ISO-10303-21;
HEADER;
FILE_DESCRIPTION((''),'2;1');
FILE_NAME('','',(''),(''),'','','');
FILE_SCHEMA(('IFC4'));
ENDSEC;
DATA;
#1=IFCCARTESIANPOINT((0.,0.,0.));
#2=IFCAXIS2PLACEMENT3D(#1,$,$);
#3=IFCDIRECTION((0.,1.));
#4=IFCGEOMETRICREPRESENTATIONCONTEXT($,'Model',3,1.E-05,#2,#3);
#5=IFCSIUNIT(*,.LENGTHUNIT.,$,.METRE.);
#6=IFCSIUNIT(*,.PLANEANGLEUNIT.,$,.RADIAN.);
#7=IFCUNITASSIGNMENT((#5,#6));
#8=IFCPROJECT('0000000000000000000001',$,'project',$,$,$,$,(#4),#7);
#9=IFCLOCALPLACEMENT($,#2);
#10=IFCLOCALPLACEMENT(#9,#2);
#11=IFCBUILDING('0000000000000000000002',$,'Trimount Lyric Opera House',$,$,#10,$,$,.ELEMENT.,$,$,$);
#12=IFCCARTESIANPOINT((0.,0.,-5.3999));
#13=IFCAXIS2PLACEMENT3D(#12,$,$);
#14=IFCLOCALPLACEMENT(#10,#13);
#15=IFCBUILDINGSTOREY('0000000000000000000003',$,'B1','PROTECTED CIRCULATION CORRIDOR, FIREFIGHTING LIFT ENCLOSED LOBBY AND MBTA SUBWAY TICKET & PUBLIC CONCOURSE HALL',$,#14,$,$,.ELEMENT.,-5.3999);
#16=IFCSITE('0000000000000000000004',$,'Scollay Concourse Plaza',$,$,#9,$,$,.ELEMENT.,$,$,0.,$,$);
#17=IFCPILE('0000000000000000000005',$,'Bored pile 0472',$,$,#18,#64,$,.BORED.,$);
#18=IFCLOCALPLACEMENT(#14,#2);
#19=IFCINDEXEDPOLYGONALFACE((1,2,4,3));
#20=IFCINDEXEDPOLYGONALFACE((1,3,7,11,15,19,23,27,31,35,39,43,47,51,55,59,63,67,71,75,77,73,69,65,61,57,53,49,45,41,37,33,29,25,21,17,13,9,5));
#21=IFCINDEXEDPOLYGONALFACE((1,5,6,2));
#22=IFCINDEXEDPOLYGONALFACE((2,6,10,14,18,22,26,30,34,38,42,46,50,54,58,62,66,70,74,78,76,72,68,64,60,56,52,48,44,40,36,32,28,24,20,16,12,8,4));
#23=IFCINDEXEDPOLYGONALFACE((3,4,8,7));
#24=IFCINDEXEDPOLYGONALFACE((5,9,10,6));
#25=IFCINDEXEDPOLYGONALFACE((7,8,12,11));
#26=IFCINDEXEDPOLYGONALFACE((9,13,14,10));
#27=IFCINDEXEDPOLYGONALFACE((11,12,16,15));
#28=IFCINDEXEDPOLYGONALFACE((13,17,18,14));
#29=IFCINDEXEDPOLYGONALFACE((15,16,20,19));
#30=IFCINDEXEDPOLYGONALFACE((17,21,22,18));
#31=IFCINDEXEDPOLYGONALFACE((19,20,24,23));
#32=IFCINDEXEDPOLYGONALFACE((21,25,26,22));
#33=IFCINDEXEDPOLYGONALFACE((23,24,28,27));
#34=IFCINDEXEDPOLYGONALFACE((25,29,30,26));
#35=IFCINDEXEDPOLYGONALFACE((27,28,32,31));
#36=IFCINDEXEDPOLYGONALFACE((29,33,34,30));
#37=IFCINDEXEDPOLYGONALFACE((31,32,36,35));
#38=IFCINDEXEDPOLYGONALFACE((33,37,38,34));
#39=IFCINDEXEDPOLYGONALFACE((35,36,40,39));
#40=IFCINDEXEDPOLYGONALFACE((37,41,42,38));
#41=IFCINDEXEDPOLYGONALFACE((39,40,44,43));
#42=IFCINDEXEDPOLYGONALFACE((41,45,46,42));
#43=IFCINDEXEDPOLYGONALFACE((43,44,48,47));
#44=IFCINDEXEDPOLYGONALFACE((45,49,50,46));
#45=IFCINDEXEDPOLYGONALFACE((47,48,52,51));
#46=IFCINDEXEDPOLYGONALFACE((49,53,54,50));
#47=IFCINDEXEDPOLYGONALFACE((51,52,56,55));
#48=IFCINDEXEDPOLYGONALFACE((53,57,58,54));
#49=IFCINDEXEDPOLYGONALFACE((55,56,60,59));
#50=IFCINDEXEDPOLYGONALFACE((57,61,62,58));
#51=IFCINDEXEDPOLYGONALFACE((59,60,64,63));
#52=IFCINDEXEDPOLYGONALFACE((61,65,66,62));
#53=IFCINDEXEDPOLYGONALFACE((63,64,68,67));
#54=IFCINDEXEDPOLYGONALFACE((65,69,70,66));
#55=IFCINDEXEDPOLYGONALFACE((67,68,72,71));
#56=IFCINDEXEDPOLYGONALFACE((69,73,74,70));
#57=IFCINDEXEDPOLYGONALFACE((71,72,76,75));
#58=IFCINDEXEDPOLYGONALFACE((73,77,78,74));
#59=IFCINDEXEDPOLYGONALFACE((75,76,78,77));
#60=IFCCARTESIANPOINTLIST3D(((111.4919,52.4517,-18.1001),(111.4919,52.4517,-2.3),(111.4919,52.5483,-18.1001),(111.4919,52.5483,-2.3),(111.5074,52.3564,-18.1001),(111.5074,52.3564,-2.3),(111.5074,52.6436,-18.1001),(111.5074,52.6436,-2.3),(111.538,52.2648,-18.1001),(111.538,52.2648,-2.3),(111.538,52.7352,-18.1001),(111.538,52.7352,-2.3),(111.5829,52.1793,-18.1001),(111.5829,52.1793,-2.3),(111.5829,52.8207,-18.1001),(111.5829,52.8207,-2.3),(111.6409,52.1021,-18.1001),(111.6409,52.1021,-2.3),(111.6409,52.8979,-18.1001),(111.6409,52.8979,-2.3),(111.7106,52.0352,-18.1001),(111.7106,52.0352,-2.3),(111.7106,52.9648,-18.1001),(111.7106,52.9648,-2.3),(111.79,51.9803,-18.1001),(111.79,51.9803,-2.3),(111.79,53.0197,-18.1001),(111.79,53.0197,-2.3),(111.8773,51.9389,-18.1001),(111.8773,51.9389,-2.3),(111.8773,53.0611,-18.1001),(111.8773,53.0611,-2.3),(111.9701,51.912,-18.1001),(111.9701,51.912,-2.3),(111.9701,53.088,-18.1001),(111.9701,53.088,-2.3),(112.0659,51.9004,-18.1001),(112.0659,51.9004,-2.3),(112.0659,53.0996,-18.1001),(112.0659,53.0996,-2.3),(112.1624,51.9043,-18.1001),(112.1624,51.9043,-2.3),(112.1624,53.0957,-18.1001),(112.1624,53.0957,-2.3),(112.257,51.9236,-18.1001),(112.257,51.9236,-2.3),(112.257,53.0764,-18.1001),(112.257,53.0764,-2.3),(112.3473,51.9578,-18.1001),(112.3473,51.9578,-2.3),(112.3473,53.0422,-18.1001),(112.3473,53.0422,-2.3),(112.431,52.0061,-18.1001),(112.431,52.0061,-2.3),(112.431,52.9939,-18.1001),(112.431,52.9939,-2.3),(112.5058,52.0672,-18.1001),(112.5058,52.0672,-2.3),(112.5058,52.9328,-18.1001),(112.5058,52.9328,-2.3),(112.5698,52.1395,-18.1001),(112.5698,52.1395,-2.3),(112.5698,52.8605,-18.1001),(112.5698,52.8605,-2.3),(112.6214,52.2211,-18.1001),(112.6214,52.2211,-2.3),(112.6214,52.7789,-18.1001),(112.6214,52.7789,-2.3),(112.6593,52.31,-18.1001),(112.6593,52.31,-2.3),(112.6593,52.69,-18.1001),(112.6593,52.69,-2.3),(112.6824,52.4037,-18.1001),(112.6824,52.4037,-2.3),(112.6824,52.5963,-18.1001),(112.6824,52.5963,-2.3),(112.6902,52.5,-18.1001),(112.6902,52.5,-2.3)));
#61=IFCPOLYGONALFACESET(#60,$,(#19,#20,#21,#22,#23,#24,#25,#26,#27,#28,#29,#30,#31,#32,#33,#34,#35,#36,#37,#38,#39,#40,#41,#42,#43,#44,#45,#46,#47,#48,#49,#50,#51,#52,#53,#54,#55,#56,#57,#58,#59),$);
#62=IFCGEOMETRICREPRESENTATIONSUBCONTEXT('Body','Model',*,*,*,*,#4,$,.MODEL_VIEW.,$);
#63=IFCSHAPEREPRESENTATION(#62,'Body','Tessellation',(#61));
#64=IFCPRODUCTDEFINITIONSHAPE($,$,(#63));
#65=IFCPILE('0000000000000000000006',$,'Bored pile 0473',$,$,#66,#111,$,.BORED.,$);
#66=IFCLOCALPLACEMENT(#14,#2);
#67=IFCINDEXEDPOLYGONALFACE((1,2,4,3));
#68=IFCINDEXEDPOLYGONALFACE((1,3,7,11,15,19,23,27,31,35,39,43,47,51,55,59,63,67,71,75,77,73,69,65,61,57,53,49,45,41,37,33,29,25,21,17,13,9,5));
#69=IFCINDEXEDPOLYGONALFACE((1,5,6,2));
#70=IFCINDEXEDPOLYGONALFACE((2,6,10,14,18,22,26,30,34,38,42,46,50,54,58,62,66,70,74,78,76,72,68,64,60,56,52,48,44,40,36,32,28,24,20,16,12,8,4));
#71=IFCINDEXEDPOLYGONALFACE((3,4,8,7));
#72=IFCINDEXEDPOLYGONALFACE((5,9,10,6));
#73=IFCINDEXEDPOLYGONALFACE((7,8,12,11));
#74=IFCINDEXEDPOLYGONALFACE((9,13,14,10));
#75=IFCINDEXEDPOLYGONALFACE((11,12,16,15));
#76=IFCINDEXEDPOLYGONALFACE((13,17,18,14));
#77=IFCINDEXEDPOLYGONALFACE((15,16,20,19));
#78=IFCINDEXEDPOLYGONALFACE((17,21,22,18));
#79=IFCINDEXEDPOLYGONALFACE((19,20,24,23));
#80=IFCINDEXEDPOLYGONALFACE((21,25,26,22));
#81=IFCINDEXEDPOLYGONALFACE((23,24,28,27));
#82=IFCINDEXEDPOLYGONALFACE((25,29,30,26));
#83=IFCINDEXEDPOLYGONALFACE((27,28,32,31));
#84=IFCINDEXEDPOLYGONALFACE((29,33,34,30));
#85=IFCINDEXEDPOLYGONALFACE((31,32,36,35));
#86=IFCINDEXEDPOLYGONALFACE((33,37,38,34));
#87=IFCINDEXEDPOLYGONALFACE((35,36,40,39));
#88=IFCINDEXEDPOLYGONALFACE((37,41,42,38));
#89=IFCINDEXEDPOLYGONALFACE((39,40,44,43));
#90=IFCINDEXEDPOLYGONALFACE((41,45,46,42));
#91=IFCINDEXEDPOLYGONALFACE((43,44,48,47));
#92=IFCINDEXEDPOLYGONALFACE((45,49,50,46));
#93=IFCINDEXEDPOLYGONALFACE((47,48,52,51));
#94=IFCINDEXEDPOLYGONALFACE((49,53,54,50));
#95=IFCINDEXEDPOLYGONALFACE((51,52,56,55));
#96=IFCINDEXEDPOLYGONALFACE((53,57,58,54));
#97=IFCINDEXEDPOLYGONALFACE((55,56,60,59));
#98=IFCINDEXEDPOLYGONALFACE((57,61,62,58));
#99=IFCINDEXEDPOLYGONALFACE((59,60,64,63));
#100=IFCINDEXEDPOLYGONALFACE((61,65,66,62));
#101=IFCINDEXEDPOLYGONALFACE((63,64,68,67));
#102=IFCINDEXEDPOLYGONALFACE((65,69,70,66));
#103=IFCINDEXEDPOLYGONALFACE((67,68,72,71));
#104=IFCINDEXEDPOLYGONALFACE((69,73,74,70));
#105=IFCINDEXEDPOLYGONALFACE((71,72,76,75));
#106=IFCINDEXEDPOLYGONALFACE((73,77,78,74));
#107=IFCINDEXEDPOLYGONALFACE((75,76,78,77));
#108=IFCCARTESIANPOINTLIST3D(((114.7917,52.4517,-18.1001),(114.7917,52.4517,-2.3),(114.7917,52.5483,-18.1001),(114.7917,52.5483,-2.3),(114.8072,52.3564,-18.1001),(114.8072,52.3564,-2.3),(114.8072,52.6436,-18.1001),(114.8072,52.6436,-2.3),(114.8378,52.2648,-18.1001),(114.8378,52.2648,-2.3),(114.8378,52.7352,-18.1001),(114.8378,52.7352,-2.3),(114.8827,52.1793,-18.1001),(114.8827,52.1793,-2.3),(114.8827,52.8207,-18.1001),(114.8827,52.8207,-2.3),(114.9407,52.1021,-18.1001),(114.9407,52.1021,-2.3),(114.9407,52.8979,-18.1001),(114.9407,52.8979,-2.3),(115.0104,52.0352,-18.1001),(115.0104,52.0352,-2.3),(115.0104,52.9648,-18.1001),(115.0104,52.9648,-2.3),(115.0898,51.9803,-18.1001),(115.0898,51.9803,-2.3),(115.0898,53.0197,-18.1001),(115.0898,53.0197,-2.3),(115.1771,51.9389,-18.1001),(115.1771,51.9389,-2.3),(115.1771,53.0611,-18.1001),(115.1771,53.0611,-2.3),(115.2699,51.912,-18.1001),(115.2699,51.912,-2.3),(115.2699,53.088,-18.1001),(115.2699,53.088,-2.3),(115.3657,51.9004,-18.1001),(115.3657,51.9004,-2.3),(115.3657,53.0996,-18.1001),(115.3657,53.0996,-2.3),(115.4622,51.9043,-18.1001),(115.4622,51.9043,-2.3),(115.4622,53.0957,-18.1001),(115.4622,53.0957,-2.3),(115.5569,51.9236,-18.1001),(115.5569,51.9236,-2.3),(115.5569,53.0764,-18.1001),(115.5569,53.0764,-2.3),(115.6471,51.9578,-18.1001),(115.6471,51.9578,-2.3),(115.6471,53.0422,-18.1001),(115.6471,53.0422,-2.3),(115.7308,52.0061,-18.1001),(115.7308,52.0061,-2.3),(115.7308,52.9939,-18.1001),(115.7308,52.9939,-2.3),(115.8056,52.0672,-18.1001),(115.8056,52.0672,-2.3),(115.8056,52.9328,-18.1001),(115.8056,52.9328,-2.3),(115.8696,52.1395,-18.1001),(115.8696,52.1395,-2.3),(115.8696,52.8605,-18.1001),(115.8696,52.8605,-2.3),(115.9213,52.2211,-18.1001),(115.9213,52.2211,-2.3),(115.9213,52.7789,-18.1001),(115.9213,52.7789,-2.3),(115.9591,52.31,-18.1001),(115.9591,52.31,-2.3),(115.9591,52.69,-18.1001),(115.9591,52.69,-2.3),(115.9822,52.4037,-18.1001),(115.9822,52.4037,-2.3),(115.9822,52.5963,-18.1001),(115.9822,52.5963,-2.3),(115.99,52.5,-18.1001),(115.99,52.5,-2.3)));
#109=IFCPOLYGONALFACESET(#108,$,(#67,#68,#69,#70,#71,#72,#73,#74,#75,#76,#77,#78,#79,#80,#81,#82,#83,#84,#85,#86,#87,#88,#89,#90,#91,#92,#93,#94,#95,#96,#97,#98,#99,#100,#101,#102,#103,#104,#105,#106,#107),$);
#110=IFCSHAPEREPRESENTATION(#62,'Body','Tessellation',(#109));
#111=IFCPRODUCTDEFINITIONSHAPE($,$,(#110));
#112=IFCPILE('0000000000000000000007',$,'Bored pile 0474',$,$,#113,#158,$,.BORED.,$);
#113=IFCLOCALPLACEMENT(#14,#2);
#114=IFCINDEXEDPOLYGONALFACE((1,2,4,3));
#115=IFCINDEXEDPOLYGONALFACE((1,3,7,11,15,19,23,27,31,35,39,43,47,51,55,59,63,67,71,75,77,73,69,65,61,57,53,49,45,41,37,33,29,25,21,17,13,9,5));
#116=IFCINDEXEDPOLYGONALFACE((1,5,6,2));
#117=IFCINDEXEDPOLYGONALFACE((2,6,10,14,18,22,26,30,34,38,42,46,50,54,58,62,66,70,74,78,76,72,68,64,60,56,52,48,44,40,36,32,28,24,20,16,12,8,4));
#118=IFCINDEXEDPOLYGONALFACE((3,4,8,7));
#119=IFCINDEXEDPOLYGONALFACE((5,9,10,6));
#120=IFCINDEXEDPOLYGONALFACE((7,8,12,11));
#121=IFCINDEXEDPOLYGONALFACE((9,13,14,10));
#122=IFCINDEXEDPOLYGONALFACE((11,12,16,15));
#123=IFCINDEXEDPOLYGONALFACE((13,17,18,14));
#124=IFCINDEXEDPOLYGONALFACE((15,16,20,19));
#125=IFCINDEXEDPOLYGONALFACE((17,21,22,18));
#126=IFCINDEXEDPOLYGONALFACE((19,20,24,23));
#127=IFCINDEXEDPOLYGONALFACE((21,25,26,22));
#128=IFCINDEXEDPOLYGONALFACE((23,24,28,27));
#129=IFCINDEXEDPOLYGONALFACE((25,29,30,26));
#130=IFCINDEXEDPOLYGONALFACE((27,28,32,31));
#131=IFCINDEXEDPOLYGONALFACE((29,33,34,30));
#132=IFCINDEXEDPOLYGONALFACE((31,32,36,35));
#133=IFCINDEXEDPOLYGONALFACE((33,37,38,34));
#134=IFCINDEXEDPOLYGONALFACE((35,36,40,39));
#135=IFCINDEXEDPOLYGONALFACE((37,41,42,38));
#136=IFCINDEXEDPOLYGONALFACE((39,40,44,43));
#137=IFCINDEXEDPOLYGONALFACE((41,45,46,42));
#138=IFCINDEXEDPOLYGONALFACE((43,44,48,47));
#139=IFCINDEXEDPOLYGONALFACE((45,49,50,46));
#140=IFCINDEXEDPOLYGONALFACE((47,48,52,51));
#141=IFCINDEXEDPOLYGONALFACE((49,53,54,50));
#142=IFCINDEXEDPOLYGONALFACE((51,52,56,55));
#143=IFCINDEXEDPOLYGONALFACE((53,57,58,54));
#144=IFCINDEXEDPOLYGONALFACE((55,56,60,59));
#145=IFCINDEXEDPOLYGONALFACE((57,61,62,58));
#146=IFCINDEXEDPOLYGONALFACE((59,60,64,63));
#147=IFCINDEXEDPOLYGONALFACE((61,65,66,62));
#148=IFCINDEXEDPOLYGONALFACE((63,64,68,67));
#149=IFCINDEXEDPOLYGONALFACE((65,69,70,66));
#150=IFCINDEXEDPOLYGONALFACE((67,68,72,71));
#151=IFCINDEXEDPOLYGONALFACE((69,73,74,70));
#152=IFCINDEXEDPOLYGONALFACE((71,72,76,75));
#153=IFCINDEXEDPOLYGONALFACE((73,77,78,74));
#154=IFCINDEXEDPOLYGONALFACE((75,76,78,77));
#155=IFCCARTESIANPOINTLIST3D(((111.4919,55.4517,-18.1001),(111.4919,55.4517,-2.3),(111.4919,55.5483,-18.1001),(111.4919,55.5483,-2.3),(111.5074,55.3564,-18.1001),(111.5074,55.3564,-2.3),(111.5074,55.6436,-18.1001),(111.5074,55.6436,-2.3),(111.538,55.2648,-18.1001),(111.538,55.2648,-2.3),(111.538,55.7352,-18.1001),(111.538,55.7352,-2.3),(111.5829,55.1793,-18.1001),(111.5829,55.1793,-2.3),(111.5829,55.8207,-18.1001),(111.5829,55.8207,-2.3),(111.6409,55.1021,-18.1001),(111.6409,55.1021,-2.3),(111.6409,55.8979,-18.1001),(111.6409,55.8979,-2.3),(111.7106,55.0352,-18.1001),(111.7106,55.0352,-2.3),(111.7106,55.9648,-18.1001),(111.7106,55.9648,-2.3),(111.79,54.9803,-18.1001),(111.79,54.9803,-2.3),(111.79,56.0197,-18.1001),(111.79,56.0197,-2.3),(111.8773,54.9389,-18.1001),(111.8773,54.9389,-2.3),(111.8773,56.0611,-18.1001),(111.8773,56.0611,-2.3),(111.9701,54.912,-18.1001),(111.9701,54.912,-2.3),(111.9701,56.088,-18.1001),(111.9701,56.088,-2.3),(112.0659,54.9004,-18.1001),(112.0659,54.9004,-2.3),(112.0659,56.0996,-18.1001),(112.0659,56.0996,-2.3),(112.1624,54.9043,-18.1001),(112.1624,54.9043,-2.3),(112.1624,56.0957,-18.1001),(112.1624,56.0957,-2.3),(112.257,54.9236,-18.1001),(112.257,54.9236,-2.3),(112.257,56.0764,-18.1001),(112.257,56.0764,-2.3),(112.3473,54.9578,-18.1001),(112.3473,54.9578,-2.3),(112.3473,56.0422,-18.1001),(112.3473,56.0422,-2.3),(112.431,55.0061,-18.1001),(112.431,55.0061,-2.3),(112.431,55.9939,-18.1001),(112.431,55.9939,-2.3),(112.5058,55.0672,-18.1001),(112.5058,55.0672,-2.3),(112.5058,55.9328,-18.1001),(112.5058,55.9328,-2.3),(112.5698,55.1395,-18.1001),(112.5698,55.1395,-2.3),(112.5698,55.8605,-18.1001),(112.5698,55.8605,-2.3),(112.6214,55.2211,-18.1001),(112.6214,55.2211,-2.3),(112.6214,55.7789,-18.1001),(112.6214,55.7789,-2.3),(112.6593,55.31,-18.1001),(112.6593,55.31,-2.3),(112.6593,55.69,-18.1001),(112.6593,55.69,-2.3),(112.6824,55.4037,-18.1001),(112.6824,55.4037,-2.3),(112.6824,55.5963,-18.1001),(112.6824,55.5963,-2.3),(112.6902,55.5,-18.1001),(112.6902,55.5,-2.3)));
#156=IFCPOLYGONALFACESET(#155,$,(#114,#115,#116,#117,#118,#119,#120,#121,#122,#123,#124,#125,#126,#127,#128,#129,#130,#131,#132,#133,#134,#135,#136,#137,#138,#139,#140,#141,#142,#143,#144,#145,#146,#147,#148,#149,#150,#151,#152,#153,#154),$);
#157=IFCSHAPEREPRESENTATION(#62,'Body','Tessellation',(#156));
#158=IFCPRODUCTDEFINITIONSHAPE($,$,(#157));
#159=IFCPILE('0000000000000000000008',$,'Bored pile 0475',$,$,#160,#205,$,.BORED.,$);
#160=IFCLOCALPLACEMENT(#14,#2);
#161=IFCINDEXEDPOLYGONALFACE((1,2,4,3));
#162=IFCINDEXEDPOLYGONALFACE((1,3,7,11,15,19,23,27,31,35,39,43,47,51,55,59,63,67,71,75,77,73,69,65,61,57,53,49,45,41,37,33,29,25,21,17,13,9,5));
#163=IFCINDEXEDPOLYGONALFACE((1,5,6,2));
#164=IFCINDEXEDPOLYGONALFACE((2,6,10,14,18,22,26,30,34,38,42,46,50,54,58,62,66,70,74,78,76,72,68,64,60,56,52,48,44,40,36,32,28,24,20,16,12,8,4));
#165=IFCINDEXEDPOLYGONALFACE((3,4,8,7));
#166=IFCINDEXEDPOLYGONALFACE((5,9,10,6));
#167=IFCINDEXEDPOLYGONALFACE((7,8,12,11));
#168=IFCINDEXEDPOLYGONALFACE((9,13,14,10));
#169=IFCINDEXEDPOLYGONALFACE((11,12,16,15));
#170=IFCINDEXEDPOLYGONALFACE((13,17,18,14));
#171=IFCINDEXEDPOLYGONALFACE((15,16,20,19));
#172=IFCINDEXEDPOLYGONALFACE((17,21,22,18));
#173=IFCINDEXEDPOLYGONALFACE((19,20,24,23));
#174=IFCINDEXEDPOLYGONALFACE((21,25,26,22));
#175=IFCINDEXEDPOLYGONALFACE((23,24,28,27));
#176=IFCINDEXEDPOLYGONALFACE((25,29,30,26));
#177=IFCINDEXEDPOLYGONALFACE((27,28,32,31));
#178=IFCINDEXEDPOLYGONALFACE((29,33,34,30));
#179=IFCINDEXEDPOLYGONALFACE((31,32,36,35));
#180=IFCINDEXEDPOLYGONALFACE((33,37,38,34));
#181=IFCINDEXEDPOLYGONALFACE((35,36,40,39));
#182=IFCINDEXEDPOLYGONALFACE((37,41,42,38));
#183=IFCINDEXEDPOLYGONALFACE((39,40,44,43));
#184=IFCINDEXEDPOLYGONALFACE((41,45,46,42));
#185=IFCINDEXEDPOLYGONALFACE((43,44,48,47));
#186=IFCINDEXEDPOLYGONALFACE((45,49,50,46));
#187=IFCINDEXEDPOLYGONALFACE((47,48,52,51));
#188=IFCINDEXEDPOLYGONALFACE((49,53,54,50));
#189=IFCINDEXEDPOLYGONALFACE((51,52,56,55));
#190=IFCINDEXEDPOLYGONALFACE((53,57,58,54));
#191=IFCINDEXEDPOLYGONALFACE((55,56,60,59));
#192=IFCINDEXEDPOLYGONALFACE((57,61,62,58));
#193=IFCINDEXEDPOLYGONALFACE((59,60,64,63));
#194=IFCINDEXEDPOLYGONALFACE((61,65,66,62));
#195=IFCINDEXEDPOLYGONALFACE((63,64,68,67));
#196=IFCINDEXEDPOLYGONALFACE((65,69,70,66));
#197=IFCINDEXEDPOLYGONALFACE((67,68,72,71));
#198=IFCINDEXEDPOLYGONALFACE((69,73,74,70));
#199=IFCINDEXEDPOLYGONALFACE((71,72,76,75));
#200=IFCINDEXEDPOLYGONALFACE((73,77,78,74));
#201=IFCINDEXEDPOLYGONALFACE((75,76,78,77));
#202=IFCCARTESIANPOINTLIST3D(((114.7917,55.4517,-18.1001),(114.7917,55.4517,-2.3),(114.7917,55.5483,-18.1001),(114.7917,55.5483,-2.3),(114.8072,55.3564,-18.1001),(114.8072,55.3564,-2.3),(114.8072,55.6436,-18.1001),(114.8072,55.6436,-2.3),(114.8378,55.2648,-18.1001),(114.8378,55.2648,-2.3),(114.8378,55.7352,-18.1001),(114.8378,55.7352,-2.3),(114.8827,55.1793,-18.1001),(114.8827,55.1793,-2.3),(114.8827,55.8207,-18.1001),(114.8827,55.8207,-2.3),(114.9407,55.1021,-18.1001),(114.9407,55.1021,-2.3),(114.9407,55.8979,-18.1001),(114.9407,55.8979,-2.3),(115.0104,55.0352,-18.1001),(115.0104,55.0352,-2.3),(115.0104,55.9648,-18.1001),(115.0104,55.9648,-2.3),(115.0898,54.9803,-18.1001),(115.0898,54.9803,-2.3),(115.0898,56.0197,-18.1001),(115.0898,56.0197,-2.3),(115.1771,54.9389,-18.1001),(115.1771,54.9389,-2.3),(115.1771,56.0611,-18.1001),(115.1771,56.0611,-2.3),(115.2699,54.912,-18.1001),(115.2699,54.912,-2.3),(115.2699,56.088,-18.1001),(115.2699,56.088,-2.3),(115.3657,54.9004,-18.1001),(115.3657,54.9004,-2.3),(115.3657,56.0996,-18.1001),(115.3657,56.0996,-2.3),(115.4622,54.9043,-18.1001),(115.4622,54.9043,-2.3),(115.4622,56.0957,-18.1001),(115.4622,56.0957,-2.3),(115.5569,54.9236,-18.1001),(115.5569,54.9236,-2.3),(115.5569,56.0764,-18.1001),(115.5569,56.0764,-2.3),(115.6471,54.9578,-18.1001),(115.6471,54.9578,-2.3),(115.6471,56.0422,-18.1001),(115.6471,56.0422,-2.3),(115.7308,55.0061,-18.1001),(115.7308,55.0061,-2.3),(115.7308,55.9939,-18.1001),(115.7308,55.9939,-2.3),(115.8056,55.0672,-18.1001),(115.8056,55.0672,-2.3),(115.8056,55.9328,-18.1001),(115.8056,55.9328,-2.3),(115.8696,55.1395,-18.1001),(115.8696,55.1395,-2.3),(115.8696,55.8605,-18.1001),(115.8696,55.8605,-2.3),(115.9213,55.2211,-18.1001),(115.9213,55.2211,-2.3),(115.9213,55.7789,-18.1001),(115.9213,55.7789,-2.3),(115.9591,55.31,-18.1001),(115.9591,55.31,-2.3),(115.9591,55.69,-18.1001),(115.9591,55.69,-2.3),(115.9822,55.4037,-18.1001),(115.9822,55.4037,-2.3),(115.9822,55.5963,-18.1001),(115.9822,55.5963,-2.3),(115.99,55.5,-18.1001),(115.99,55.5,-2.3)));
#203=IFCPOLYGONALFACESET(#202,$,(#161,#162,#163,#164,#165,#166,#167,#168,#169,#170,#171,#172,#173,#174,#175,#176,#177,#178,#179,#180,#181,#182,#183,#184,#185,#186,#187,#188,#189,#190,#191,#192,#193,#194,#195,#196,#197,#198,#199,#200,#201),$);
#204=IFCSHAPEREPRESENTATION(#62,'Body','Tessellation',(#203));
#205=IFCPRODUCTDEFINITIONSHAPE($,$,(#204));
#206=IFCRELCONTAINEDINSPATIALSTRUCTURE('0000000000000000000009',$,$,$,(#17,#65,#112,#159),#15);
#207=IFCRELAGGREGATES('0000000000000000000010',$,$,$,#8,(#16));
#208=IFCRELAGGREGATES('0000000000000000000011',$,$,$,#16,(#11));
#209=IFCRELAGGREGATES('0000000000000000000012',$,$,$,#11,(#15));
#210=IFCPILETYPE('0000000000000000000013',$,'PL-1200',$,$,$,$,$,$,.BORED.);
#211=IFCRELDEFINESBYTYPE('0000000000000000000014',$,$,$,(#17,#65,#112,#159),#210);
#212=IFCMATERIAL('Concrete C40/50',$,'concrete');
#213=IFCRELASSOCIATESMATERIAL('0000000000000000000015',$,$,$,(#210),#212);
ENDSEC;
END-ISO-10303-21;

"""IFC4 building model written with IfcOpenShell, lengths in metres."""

from ifc_helpers import new_model, si_unit, direction, frame, origin, origin_2d, place, context, subcontext, project, spatial, circle, extrude, material, material_profile, profile_set, type_object, element, save


model = new_model("IFC4")

# Units and contexts
model_context = context("Model", 3, precision=1e-05, world=origin(), true_north=direction((0.0, 1.0)))
body_context = subcontext(model_context, "Body", "Model", "MODEL_VIEW")
ifc_project = project(units=[si_unit("LENGTHUNIT", "METRE"), si_unit("PLANEANGLEUNIT", "RADIAN")], contexts=[model_context])

# Site, building, storey
site_placement = place(None, origin())
site = spatial("IfcSite", under=ifc_project, at=site_placement, Name="Scollay Concourse Plaza", CompositionType="ELEMENT", RefElevation=0.0)
building_placement = place(site_placement, origin())
building = spatial("IfcBuilding", under=site, at=building_placement, Name="Trimount Lyric Opera House", CompositionType="ELEMENT")
storey_placement = place(building_placement, frame((0.0, 0.0, -5.3999)))
storey = spatial("IfcBuildingStorey", under=building, at=storey_placement, Name="B1", Description="PROTECTED CIRCULATION CORRIDOR, FIREFIGHTING LIFT ENCLOSED LOBBY AND MBTA SUBWAY TICKET & PUBLIC CONCOURSE HALL", CompositionType="ELEMENT", Elevation=-5.3999)

# Piles
ifc_material_1 = material(Name="Concrete C40/50", Category="concrete")
ifc_material_profile_1 = material_profile(ifc_material_1, circle(Radius=0.6001, at=origin_2d()), Name="PILE-D1200")
ifc_profile_set_1 = profile_set([ifc_material_profile_1], Name="Concrete C40/50")
pile_type_1 = type_object("IfcPileType", Name="PL-1200", PredefinedType="BORED", material=ifc_profile_set_1)
for number, where, z_axis, x_axis, name in (
    (1, (112.0901, 52.5, -2.3), (0.0, 0.0, -1.0), (1.0, 0.0, 0.0), "Bored pile 0472"),
    (2, (115.3899, 52.5, -2.3), (0.0, 0.0, -1.0), (1.0, 0.0, 0.0), "Bored pile 0473"),
    (3, (112.0901, 55.5, -2.3), (0.0, 0.0, -1.0), (1.0, 0.0, 0.0), "Bored pile 0474"),
    (4, (115.3899, 55.5, -2.3), (0.0, 0.0, -1.0), (1.0, 0.0, 0.0), "Bored pile 0475"),
):
    element("IfcPile", number, at=place(storey_placement, frame(where, z_axis=z_axis, x_axis=x_axis)), inside=storey, type_object=pile_type_1, Name=name, PredefinedType="BORED", context=body_context, shape_type="SweptSolid", body=[
        extrude(circle(Radius=0.6001, at=origin_2d()), origin(), (0.0, 0.0, 1.0), 15.8),
    ])

save(model, "model.ifc")
